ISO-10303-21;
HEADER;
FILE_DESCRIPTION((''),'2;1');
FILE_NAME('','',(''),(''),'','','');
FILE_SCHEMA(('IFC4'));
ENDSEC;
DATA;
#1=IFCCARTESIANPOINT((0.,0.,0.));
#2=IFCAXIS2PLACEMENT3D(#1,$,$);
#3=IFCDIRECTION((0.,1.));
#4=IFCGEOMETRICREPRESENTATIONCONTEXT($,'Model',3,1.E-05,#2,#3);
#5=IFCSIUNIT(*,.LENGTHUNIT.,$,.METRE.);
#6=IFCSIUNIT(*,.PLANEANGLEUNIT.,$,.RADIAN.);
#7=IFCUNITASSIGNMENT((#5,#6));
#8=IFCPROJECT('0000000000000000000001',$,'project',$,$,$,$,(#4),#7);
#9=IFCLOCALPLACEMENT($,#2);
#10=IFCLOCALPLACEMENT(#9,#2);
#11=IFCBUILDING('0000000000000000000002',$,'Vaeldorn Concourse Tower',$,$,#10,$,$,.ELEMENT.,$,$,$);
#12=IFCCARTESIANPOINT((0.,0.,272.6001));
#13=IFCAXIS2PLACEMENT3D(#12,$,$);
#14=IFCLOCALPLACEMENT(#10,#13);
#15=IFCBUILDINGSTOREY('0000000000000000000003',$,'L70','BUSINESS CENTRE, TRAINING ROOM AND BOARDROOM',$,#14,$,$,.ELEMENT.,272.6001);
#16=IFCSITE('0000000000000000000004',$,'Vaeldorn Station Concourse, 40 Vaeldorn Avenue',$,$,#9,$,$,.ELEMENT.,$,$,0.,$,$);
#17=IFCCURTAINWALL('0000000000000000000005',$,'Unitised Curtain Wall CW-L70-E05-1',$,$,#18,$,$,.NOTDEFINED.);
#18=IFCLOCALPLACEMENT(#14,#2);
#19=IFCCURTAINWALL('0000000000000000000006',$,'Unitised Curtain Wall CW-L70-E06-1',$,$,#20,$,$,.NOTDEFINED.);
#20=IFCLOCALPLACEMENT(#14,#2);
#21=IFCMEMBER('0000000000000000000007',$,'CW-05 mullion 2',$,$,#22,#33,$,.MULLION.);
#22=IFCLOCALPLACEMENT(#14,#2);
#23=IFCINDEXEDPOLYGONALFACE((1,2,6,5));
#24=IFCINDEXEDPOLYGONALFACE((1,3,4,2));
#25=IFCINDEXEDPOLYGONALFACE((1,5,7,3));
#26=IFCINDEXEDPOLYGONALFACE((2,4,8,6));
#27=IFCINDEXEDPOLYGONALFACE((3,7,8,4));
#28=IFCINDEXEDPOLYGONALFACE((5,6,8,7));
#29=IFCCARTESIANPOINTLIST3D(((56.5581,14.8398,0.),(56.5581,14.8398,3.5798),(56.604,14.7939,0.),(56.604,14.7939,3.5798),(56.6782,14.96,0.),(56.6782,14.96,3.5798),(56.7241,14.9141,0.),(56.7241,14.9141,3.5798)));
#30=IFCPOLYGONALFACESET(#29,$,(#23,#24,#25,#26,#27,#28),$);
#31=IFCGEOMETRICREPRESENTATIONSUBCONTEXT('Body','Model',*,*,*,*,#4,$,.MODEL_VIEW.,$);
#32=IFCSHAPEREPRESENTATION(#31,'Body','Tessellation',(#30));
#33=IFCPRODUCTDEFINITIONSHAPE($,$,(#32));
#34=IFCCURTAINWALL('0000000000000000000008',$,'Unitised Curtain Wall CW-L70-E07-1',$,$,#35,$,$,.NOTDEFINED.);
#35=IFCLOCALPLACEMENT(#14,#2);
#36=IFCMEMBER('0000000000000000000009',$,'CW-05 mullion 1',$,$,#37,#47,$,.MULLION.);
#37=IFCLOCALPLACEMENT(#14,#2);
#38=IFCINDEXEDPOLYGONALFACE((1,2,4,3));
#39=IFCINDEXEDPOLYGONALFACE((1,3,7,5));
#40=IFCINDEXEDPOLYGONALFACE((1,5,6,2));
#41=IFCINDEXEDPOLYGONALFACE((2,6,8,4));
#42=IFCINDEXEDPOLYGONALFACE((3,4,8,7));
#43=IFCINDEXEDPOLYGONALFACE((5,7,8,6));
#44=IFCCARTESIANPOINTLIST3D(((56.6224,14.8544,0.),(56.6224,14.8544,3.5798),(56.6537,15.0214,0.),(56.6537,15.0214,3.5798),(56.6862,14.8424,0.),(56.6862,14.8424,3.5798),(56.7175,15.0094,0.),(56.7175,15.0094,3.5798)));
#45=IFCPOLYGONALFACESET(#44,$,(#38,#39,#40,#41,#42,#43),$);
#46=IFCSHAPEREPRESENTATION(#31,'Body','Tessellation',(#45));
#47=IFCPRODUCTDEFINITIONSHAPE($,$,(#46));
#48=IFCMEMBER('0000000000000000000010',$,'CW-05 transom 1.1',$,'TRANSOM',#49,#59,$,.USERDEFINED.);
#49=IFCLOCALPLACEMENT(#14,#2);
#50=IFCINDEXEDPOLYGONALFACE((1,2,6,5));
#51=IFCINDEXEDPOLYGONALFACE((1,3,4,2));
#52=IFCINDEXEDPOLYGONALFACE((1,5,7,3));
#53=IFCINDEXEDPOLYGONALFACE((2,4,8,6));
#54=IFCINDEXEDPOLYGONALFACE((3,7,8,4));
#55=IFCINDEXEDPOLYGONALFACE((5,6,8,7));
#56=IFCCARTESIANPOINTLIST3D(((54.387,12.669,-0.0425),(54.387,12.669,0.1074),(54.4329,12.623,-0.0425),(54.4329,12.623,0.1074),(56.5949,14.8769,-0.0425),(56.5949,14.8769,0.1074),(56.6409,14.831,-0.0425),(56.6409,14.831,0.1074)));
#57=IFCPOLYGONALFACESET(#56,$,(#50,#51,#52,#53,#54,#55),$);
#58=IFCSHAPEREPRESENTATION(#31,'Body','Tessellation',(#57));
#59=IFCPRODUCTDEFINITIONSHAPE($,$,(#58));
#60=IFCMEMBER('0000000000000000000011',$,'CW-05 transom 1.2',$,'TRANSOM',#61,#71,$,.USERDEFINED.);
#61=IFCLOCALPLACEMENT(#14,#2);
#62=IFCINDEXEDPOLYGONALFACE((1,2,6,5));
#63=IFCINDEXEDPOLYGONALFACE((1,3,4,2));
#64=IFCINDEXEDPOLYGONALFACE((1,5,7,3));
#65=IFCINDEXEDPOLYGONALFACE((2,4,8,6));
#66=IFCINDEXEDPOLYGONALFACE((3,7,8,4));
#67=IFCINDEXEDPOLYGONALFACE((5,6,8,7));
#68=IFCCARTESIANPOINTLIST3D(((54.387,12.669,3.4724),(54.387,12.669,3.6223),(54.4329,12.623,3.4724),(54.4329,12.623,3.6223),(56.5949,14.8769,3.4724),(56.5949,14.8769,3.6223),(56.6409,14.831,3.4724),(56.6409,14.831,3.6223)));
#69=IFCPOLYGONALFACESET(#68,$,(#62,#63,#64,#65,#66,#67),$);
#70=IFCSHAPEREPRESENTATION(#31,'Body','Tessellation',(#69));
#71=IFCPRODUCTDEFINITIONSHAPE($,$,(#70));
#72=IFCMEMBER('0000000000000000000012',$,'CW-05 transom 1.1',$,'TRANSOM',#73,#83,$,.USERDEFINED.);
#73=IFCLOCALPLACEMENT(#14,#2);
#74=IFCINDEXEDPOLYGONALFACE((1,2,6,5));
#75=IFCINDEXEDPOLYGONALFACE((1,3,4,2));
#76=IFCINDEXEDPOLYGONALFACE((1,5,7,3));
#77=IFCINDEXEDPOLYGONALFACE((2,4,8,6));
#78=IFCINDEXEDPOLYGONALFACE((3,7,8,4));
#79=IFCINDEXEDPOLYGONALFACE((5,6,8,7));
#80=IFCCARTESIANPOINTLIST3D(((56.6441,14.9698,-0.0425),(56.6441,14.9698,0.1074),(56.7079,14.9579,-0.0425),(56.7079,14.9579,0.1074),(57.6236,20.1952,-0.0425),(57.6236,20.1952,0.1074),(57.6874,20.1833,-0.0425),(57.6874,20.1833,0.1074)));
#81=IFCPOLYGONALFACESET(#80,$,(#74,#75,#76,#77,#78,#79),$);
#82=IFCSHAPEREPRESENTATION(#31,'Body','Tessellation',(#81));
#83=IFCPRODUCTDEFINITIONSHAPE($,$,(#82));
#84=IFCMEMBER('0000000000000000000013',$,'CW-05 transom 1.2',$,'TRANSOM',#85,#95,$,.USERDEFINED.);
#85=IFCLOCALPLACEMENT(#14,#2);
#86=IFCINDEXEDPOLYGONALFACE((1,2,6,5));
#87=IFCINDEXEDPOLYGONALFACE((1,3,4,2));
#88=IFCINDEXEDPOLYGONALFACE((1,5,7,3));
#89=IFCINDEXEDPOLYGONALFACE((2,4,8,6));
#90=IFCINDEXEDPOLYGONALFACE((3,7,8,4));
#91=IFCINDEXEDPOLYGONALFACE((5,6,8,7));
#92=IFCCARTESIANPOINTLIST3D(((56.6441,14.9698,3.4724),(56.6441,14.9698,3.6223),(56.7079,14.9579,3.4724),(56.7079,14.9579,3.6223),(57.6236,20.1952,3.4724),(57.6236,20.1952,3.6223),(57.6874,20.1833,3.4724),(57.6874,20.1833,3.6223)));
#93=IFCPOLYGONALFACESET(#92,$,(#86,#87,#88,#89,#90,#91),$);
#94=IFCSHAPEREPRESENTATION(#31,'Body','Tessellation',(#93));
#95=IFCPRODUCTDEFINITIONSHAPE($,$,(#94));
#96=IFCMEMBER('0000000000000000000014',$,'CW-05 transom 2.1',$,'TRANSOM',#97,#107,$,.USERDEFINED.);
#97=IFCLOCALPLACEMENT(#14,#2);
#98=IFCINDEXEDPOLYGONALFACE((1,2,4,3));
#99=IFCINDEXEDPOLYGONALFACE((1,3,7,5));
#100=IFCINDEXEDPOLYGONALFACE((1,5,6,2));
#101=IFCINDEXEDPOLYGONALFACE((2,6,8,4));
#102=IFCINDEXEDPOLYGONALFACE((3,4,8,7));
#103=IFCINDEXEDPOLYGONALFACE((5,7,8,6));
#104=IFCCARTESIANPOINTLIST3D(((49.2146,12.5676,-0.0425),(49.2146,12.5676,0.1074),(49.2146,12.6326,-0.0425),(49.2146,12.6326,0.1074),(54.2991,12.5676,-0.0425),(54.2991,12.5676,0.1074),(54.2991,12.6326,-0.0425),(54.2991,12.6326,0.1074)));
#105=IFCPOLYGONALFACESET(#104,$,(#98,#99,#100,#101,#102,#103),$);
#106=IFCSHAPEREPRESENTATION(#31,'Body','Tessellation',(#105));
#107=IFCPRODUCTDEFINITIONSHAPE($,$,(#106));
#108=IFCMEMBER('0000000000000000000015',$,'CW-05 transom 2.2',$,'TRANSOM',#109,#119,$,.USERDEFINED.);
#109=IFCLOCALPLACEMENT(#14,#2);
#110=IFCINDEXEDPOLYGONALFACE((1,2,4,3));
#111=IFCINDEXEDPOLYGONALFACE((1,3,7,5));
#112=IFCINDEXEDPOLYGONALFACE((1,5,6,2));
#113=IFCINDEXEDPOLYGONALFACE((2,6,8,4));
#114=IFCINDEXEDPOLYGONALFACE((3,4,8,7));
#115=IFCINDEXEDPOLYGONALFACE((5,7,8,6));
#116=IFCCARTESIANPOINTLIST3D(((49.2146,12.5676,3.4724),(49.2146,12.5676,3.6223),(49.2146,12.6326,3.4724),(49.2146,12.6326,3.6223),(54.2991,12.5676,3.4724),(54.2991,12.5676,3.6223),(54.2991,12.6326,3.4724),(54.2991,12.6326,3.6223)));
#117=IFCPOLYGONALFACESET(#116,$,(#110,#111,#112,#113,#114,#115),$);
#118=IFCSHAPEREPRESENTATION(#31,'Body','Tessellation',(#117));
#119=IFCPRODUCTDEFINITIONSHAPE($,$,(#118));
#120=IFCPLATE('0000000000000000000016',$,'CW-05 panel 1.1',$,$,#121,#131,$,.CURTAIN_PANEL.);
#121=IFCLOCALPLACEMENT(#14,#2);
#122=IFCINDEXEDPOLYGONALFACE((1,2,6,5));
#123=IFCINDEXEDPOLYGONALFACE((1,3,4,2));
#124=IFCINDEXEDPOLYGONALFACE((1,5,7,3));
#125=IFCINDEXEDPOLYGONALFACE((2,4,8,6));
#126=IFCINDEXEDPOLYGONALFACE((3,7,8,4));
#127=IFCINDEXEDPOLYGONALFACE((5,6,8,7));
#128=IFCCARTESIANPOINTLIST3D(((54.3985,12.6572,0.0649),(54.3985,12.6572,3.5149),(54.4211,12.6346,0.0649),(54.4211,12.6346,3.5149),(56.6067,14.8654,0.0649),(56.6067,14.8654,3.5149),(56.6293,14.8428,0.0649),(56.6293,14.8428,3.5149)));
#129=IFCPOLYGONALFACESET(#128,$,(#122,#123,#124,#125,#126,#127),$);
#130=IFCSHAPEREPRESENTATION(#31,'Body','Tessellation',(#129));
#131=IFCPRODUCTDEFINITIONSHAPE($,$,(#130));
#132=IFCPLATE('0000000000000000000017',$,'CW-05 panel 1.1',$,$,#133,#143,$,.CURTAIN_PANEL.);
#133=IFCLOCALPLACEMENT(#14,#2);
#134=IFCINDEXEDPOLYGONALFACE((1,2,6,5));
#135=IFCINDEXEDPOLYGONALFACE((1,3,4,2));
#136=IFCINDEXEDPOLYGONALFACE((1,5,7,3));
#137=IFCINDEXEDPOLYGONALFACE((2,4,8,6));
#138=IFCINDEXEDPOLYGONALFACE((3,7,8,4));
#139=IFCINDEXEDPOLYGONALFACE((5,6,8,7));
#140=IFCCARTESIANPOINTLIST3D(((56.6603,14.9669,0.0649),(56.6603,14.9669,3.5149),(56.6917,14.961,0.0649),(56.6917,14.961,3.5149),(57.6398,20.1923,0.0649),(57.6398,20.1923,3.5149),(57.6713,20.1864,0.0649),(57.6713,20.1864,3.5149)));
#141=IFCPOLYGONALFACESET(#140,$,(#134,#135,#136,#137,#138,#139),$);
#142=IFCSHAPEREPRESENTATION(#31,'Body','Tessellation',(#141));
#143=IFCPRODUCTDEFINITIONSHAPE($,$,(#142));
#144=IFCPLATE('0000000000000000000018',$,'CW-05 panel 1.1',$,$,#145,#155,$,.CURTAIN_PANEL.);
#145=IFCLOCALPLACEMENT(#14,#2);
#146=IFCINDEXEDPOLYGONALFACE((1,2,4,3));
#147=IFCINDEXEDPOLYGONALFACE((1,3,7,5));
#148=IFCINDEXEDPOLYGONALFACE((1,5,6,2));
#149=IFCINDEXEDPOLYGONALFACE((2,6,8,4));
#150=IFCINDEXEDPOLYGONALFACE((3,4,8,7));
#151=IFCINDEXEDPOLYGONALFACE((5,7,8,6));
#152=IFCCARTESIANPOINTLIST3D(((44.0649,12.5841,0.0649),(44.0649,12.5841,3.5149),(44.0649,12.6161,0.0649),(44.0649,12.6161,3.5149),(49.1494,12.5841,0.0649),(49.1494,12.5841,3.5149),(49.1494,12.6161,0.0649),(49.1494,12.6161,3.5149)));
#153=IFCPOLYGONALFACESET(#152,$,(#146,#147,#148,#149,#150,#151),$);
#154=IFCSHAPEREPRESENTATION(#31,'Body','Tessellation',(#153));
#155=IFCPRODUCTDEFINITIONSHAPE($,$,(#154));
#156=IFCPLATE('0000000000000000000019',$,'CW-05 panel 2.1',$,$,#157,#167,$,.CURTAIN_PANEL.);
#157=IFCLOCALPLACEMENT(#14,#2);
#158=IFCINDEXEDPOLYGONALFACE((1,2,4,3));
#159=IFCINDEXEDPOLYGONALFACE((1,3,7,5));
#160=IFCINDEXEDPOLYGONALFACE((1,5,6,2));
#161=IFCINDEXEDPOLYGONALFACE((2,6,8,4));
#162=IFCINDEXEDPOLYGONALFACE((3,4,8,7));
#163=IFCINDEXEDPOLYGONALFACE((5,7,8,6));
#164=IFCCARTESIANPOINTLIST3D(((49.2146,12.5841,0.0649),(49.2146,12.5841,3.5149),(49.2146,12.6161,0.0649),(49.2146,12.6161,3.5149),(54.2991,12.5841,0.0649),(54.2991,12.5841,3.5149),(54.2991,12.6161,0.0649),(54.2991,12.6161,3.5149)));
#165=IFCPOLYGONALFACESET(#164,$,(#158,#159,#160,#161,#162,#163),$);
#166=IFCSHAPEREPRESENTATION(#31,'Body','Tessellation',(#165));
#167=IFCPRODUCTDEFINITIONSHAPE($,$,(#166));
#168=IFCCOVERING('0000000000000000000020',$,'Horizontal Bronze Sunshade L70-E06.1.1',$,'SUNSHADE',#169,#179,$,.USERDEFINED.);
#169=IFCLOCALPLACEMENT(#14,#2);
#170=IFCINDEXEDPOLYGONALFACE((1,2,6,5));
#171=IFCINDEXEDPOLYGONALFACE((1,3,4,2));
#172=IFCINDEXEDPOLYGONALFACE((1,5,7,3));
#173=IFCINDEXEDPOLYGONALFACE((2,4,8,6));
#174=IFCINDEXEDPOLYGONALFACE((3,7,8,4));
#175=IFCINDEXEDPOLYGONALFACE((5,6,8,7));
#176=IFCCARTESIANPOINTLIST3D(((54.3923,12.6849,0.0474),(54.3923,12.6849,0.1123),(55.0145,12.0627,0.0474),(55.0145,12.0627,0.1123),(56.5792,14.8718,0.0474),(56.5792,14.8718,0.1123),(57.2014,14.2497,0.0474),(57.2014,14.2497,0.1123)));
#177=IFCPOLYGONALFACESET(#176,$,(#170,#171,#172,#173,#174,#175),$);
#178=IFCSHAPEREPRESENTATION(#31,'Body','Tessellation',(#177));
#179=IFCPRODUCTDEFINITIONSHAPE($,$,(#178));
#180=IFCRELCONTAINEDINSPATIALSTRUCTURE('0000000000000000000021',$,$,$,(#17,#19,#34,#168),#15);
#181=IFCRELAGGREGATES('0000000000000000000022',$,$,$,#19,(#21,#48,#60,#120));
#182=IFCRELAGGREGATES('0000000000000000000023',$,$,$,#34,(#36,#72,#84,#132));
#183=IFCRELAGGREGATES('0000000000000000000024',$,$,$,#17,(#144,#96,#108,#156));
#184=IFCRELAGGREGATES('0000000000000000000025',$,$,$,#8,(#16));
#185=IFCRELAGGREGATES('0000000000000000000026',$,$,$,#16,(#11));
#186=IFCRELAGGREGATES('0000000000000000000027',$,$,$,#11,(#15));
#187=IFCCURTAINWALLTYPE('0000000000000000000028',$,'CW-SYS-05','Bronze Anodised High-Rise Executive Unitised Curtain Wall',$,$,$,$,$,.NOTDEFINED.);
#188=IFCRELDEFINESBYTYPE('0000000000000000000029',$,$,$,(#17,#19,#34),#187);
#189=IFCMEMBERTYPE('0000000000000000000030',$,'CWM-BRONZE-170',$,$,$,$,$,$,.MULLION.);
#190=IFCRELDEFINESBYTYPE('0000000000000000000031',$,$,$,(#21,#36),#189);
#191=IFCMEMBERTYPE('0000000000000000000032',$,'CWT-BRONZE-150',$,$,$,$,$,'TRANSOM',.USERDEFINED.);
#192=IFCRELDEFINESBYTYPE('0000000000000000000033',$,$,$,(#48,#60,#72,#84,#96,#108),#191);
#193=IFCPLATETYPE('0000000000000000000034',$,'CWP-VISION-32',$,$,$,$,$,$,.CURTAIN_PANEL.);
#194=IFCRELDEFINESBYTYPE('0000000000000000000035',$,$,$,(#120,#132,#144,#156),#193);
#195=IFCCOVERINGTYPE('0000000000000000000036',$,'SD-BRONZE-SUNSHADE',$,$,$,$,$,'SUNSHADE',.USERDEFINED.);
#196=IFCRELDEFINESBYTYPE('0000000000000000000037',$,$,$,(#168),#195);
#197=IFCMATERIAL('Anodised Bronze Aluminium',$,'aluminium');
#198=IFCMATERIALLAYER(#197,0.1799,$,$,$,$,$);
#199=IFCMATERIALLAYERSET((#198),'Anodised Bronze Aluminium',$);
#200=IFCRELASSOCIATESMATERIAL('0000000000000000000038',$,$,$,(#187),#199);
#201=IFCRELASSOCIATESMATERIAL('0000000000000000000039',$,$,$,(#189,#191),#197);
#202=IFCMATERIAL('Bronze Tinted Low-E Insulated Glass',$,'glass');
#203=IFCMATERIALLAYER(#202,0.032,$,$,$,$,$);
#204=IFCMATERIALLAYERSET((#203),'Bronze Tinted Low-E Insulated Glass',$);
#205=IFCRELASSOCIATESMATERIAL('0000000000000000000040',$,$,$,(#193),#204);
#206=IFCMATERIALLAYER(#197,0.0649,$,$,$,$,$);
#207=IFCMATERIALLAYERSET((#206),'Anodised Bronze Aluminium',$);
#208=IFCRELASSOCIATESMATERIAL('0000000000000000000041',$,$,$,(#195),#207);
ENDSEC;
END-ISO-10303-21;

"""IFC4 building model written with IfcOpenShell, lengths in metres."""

from ifc_helpers import new_model, si_unit, direction, frame, origin, origin_2d, place, context, subcontext, project, spatial, rectangle, extrude, source, transform, mapped, material, layer, layer_set, material_profile, profile_set, type_object, element, aggregate, save


model = new_model("IFC4")

# Units and contexts
model_context = context("Model", 3, precision=1e-05, world=origin(), true_north=direction((0.0, 1.0)))
body_context = subcontext(model_context, "Body", "Model", "MODEL_VIEW")
ifc_project = project(units=[si_unit("LENGTHUNIT", "METRE"), si_unit("PLANEANGLEUNIT", "RADIAN")], contexts=[model_context])

# Site, building, storey
site_placement = place(None, origin())
site = spatial("IfcSite", under=ifc_project, at=site_placement, Name="Vaeldorn Station Concourse, 40 Vaeldorn Avenue", CompositionType="ELEMENT", RefElevation=0.0)
building_placement = place(site_placement, origin())
building = spatial("IfcBuilding", under=site, at=building_placement, Name="Vaeldorn Concourse Tower", CompositionType="ELEMENT")
storey_placement = place(building_placement, frame((0.0, 0.0, 272.6001)))
storey = spatial("IfcBuildingStorey", under=building, at=storey_placement, Name="L70", Description="BUSINESS CENTRE, TRAINING ROOM AND BOARDROOM", CompositionType="ELEMENT", Elevation=272.6001)

# Curtain walls, member
ifc_material_1 = material(Name="Anodised Bronze Aluminium", Category="aluminium")
ifc_layer_1 = layer(ifc_material_1, 0.1799)
ifc_layer_set_1 = layer_set([ifc_layer_1], Name="Anodised Bronze Aluminium")
curtain_wall_type = type_object("IfcCurtainWallType", Name="CW-SYS-05", Description="Bronze Anodised High-Rise Executive Unitised Curtain Wall", PredefinedType="NOTDEFINED", material=ifc_layer_set_1)
curtain_wall_1_placement = place(storey_placement, origin())
curtain_wall_1 = element("IfcCurtainWall", 1, at=curtain_wall_1_placement, inside=storey, type_object=curtain_wall_type, Name="Unitised Curtain Wall CW-L70-E05-1", PredefinedType="NOTDEFINED")
ifc_material_profile_1 = material_profile(ifc_material_1, rectangle(XDim=0.0649, YDim=0.1699, at=origin_2d()), Name="CWM 65x170")
ifc_profile_set_1 = profile_set([ifc_material_profile_1], Name="Anodised Bronze Aluminium")
member_type_1 = type_object("IfcMemberType", Name="CWM-BRONZE-170", PredefinedType="MULLION", material=ifc_profile_set_1)
shared_shape_1 = source(origin(), body_context, "Body", "SweptSolid", [
    extrude(rectangle(XDim=0.0649, YDim=0.1699, at=origin_2d()), origin(), (0.0, 0.0, 1.0), 3.5798),
])
curtain_wall_2_placement = place(storey_placement, origin())
curtain_wall_2 = element("IfcCurtainWall", 2, at=curtain_wall_2_placement, inside=storey, type_object=curtain_wall_type, Name="Unitised Curtain Wall CW-L70-E06-1", PredefinedType="NOTDEFINED")
member_1_placement = place(storey_placement, frame((56.6411, 14.877, 0.0), z_axis=(0.0, 0.0, 1.0), x_axis=(-0.707107, 0.707107, 0.0)))
member_1 = element("IfcMember", 3, at=member_1_placement, type_object=member_type_1, Name="CW-05 mullion 2", PredefinedType="MULLION", context=body_context, shape_type="MappedRepresentation", body=[
    mapped(shared_shape_1, transform((0.0, 0.0, 0.0), scale=1.0)),
])

# Curtain wall, member
curtain_wall_3_placement = place(storey_placement, origin())
curtain_wall_3 = element("IfcCurtainWall", 4, at=curtain_wall_3_placement, inside=storey, type_object=curtain_wall_type, Name="Unitised Curtain Wall CW-L70-E07-1", PredefinedType="NOTDEFINED")
member_2_placement = place(storey_placement, frame((56.6699, 14.9319, 0.0), z_axis=(0.0, 0.0, 1.0), x_axis=(-0.98288, 0.184247, 0.0)))
member_2 = element("IfcMember", 5, at=member_2_placement, type_object=member_type_1, Name="CW-05 mullion 1", PredefinedType="MULLION", context=body_context, shape_type="MappedRepresentation", body=[
    mapped(shared_shape_1, transform((0.0, 0.0, 0.0), scale=1.0)),
])

# Members
ifc_material_profile_2 = material_profile(ifc_material_1, rectangle(XDim=0.0649, YDim=0.1499, at=origin_2d()), Name="CWT 65x150")
ifc_profile_set_2 = profile_set([ifc_material_profile_2], Name="Anodised Bronze Aluminium")
member_type_2 = type_object("IfcMemberType", Name="CWT-BRONZE-150", ElementType="TRANSOM", PredefinedType="USERDEFINED", material=ifc_profile_set_2)
shared_shape_2 = source(origin(), body_context, "Body", "SweptSolid", [
    extrude(rectangle(XDim=0.0649, YDim=0.1499, at=origin_2d()), origin(), (0.0, 0.0, 1.0), 3.1226),
])
member_3_placement = place(storey_placement, frame((54.4099, 12.646, 0.0325), z_axis=(0.707107, 0.707107, 0.0), x_axis=(-0.707107, 0.707107, 0.0)))
member_3 = element("IfcMember", 6, at=member_3_placement, type_object=member_type_2, Name="CW-05 transom 1.1", ObjectType="TRANSOM", PredefinedType="USERDEFINED", context=body_context, shape_type="MappedRepresentation", body=[
    mapped(shared_shape_2, transform((0.0, 0.0, 0.0), scale=1.0)),
])
member_4_placement = place(storey_placement, frame((54.4099, 12.646, 3.5474), z_axis=(0.707107, 0.707107, 0.0), x_axis=(-0.707107, 0.707107, 0.0)))
member_4 = element("IfcMember", 7, at=member_4_placement, type_object=member_type_2, Name="CW-05 transom 1.2", ObjectType="TRANSOM", PredefinedType="USERDEFINED", context=body_context, shape_type="MappedRepresentation", body=[
    mapped(shared_shape_2, transform((0.0, 0.0, 0.0), scale=1.0)),
])
shared_shape_3 = source(origin(), body_context, "Body", "SweptSolid", [
    extrude(rectangle(XDim=0.0649, YDim=0.1499, at=origin_2d()), origin(), (0.0, 0.0, 1.0), 5.3164),
])
member_5_placement = place(storey_placement, frame((56.676, 14.9639, 0.0325), z_axis=(0.184241, 0.982881, 0.0), x_axis=(-0.982881, 0.184241, 0.0)))
member_5 = element("IfcMember", 8, at=member_5_placement, type_object=member_type_2, Name="CW-05 transom 1.1", ObjectType="TRANSOM", PredefinedType="USERDEFINED", context=body_context, shape_type="MappedRepresentation", body=[
    mapped(shared_shape_3, transform((0.0, 0.0, 0.0), scale=1.0)),
])
member_6_placement = place(storey_placement, frame((56.676, 14.9639, 3.5474), z_axis=(0.184241, 0.982881, 0.0), x_axis=(-0.982881, 0.184241, 0.0)))
member_6 = element("IfcMember", 9, at=member_6_placement, type_object=member_type_2, Name="CW-05 transom 1.2", ObjectType="TRANSOM", PredefinedType="USERDEFINED", context=body_context, shape_type="MappedRepresentation", body=[
    mapped(shared_shape_3, transform((0.0, 0.0, 0.0), scale=1.0)),
])
shared_shape_4 = source(origin(), body_context, "Body", "SweptSolid", [
    extrude(rectangle(XDim=0.0649, YDim=0.1499, at=origin_2d()), origin(), (0.0, 0.0, 1.0), 5.0845),
])
member_7_placement = place(storey_placement, frame((49.2146, 12.6001, 0.0325), z_axis=(1.0, 0.0, 0.0), x_axis=(0.0, 1.0, 0.0)))
member_7 = element("IfcMember", 10, at=member_7_placement, type_object=member_type_2, Name="CW-05 transom 2.1", ObjectType="TRANSOM", PredefinedType="USERDEFINED", context=body_context, shape_type="MappedRepresentation", body=[
    mapped(shared_shape_4, transform((0.0, 0.0, 0.0), scale=1.0)),
])
member_8_placement = place(storey_placement, frame((49.2146, 12.6001, 3.5474), z_axis=(1.0, 0.0, 0.0), x_axis=(0.0, 1.0, 0.0)))
member_8 = element("IfcMember", 11, at=member_8_placement, type_object=member_type_2, Name="CW-05 transom 2.2", ObjectType="TRANSOM", PredefinedType="USERDEFINED", context=body_context, shape_type="MappedRepresentation", body=[
    mapped(shared_shape_4, transform((0.0, 0.0, 0.0), scale=1.0)),
])

# Plates
ifc_material_2 = material(Name="Bronze Tinted Low-E Insulated Glass", Category="glass")
ifc_layer_2 = layer(ifc_material_2, 0.032)
ifc_layer_set_2 = layer_set([ifc_layer_2], Name="Bronze Tinted Low-E Insulated Glass")
plate_type = type_object("IfcPlateType", Name="CWP-VISION-32", PredefinedType="CURTAIN_PANEL", material=ifc_layer_set_2)
shared_shape_5 = source(origin(), body_context, "Body", "SweptSolid", [
    extrude(rectangle(XDim=3.1228, YDim=0.032, at=origin_2d()), origin(), (0.0, 0.0, 1.0), 3.45),
])
plate_1_placement = place(storey_placement, frame((55.5139, 13.75, 0.0649), z_axis=(0.0, 0.0, 1.0), x_axis=(0.707107, 0.707107, 0.0)))
plate_1 = element("IfcPlate", 12, at=plate_1_placement, type_object=plate_type, Name="CW-05 panel 1.1", PredefinedType="CURTAIN_PANEL", context=body_context, shape_type="MappedRepresentation", body=[
    mapped(shared_shape_5, transform((0.0, 0.0, 0.0), scale=1.0)),
])
aggregate(curtain_wall_2, [member_1, member_3, member_4, plate_1])
shared_shape_6 = source(origin(), body_context, "Body", "SweptSolid", [
    extrude(rectangle(XDim=5.3164, YDim=0.032, at=origin_2d()), origin(), (0.0, 0.0, 1.0), 3.45),
])
plate_2_placement = place(storey_placement, frame((57.1658, 17.5767, 0.0649), z_axis=(0.0, 0.0, 1.0), x_axis=(0.184247, 0.98288, 0.0)))
plate_2 = element("IfcPlate", 13, at=plate_2_placement, type_object=plate_type, Name="CW-05 panel 1.1", PredefinedType="CURTAIN_PANEL", context=body_context, shape_type="MappedRepresentation", body=[
    mapped(shared_shape_6, transform((0.0, 0.0, 0.0), scale=1.0)),
])
aggregate(curtain_wall_3, [member_2, member_5, member_6, plate_2])
shared_shape_7 = source(origin(), body_context, "Body", "SweptSolid", [
    extrude(rectangle(XDim=5.0845, YDim=0.032, at=origin_2d()), origin(), (0.0, 0.0, 1.0), 3.45),
])
plate_3_placement = place(storey_placement, frame((46.6072, 12.6001, 0.0649), z_axis=(0.0, 0.0, 1.0), x_axis=(1.0, 0.0, 0.0)))
plate_3 = element("IfcPlate", 14, at=plate_3_placement, type_object=plate_type, Name="CW-05 panel 1.1", PredefinedType="CURTAIN_PANEL", context=body_context, shape_type="MappedRepresentation", body=[
    mapped(shared_shape_7, transform((0.0, 0.0, 0.0), scale=1.0)),
])
plate_4_placement = place(storey_placement, frame((51.7568, 12.6001, 0.0649), z_axis=(0.0, 0.0, 1.0), x_axis=(1.0, 0.0, 0.0)))
plate_4 = element("IfcPlate", 15, at=plate_4_placement, type_object=plate_type, Name="CW-05 panel 2.1", PredefinedType="CURTAIN_PANEL", context=body_context, shape_type="MappedRepresentation", body=[
    mapped(shared_shape_7, transform((0.0, 0.0, 0.0), scale=1.0)),
])
aggregate(curtain_wall_1, [plate_3, member_7, member_8, plate_4])

# Covering
ifc_layer_3 = layer(ifc_material_1, 0.0649)
ifc_layer_set_3 = layer_set([ifc_layer_3], Name="Anodised Bronze Aluminium")
covering_type = type_object("IfcCoveringType", Name="SD-BRONZE-SUNSHADE", ElementType="SUNSHADE", PredefinedType="USERDEFINED", material=ifc_layer_set_3)
shared_shape_8 = source(origin(), body_context, "Body", "SweptSolid", [
    extrude(rectangle(XDim=3.0928, YDim=0.8799, at=origin_2d()), origin(), (0.0, 0.0, 1.0), 0.0649),
])
for number, where, z_axis, x_axis, name in (
    (16, (55.7969, 13.4673, 0.0474), (0.0, 0.0, 1.0), (0.707107, 0.707107, 0.0), "Horizontal Bronze Sunshade L70-E06.1.1"),
):
    element("IfcCovering", number, at=place(storey_placement, frame(where, z_axis=z_axis, x_axis=x_axis)), inside=storey, type_object=covering_type, Name=name, ObjectType="SUNSHADE", PredefinedType="USERDEFINED", context=body_context, shape_type="MappedRepresentation", body=[
        mapped(shared_shape_8, transform((0.0, 0.0, 0.0), scale=1.0)),
    ])

save(model, "model.ifc")
